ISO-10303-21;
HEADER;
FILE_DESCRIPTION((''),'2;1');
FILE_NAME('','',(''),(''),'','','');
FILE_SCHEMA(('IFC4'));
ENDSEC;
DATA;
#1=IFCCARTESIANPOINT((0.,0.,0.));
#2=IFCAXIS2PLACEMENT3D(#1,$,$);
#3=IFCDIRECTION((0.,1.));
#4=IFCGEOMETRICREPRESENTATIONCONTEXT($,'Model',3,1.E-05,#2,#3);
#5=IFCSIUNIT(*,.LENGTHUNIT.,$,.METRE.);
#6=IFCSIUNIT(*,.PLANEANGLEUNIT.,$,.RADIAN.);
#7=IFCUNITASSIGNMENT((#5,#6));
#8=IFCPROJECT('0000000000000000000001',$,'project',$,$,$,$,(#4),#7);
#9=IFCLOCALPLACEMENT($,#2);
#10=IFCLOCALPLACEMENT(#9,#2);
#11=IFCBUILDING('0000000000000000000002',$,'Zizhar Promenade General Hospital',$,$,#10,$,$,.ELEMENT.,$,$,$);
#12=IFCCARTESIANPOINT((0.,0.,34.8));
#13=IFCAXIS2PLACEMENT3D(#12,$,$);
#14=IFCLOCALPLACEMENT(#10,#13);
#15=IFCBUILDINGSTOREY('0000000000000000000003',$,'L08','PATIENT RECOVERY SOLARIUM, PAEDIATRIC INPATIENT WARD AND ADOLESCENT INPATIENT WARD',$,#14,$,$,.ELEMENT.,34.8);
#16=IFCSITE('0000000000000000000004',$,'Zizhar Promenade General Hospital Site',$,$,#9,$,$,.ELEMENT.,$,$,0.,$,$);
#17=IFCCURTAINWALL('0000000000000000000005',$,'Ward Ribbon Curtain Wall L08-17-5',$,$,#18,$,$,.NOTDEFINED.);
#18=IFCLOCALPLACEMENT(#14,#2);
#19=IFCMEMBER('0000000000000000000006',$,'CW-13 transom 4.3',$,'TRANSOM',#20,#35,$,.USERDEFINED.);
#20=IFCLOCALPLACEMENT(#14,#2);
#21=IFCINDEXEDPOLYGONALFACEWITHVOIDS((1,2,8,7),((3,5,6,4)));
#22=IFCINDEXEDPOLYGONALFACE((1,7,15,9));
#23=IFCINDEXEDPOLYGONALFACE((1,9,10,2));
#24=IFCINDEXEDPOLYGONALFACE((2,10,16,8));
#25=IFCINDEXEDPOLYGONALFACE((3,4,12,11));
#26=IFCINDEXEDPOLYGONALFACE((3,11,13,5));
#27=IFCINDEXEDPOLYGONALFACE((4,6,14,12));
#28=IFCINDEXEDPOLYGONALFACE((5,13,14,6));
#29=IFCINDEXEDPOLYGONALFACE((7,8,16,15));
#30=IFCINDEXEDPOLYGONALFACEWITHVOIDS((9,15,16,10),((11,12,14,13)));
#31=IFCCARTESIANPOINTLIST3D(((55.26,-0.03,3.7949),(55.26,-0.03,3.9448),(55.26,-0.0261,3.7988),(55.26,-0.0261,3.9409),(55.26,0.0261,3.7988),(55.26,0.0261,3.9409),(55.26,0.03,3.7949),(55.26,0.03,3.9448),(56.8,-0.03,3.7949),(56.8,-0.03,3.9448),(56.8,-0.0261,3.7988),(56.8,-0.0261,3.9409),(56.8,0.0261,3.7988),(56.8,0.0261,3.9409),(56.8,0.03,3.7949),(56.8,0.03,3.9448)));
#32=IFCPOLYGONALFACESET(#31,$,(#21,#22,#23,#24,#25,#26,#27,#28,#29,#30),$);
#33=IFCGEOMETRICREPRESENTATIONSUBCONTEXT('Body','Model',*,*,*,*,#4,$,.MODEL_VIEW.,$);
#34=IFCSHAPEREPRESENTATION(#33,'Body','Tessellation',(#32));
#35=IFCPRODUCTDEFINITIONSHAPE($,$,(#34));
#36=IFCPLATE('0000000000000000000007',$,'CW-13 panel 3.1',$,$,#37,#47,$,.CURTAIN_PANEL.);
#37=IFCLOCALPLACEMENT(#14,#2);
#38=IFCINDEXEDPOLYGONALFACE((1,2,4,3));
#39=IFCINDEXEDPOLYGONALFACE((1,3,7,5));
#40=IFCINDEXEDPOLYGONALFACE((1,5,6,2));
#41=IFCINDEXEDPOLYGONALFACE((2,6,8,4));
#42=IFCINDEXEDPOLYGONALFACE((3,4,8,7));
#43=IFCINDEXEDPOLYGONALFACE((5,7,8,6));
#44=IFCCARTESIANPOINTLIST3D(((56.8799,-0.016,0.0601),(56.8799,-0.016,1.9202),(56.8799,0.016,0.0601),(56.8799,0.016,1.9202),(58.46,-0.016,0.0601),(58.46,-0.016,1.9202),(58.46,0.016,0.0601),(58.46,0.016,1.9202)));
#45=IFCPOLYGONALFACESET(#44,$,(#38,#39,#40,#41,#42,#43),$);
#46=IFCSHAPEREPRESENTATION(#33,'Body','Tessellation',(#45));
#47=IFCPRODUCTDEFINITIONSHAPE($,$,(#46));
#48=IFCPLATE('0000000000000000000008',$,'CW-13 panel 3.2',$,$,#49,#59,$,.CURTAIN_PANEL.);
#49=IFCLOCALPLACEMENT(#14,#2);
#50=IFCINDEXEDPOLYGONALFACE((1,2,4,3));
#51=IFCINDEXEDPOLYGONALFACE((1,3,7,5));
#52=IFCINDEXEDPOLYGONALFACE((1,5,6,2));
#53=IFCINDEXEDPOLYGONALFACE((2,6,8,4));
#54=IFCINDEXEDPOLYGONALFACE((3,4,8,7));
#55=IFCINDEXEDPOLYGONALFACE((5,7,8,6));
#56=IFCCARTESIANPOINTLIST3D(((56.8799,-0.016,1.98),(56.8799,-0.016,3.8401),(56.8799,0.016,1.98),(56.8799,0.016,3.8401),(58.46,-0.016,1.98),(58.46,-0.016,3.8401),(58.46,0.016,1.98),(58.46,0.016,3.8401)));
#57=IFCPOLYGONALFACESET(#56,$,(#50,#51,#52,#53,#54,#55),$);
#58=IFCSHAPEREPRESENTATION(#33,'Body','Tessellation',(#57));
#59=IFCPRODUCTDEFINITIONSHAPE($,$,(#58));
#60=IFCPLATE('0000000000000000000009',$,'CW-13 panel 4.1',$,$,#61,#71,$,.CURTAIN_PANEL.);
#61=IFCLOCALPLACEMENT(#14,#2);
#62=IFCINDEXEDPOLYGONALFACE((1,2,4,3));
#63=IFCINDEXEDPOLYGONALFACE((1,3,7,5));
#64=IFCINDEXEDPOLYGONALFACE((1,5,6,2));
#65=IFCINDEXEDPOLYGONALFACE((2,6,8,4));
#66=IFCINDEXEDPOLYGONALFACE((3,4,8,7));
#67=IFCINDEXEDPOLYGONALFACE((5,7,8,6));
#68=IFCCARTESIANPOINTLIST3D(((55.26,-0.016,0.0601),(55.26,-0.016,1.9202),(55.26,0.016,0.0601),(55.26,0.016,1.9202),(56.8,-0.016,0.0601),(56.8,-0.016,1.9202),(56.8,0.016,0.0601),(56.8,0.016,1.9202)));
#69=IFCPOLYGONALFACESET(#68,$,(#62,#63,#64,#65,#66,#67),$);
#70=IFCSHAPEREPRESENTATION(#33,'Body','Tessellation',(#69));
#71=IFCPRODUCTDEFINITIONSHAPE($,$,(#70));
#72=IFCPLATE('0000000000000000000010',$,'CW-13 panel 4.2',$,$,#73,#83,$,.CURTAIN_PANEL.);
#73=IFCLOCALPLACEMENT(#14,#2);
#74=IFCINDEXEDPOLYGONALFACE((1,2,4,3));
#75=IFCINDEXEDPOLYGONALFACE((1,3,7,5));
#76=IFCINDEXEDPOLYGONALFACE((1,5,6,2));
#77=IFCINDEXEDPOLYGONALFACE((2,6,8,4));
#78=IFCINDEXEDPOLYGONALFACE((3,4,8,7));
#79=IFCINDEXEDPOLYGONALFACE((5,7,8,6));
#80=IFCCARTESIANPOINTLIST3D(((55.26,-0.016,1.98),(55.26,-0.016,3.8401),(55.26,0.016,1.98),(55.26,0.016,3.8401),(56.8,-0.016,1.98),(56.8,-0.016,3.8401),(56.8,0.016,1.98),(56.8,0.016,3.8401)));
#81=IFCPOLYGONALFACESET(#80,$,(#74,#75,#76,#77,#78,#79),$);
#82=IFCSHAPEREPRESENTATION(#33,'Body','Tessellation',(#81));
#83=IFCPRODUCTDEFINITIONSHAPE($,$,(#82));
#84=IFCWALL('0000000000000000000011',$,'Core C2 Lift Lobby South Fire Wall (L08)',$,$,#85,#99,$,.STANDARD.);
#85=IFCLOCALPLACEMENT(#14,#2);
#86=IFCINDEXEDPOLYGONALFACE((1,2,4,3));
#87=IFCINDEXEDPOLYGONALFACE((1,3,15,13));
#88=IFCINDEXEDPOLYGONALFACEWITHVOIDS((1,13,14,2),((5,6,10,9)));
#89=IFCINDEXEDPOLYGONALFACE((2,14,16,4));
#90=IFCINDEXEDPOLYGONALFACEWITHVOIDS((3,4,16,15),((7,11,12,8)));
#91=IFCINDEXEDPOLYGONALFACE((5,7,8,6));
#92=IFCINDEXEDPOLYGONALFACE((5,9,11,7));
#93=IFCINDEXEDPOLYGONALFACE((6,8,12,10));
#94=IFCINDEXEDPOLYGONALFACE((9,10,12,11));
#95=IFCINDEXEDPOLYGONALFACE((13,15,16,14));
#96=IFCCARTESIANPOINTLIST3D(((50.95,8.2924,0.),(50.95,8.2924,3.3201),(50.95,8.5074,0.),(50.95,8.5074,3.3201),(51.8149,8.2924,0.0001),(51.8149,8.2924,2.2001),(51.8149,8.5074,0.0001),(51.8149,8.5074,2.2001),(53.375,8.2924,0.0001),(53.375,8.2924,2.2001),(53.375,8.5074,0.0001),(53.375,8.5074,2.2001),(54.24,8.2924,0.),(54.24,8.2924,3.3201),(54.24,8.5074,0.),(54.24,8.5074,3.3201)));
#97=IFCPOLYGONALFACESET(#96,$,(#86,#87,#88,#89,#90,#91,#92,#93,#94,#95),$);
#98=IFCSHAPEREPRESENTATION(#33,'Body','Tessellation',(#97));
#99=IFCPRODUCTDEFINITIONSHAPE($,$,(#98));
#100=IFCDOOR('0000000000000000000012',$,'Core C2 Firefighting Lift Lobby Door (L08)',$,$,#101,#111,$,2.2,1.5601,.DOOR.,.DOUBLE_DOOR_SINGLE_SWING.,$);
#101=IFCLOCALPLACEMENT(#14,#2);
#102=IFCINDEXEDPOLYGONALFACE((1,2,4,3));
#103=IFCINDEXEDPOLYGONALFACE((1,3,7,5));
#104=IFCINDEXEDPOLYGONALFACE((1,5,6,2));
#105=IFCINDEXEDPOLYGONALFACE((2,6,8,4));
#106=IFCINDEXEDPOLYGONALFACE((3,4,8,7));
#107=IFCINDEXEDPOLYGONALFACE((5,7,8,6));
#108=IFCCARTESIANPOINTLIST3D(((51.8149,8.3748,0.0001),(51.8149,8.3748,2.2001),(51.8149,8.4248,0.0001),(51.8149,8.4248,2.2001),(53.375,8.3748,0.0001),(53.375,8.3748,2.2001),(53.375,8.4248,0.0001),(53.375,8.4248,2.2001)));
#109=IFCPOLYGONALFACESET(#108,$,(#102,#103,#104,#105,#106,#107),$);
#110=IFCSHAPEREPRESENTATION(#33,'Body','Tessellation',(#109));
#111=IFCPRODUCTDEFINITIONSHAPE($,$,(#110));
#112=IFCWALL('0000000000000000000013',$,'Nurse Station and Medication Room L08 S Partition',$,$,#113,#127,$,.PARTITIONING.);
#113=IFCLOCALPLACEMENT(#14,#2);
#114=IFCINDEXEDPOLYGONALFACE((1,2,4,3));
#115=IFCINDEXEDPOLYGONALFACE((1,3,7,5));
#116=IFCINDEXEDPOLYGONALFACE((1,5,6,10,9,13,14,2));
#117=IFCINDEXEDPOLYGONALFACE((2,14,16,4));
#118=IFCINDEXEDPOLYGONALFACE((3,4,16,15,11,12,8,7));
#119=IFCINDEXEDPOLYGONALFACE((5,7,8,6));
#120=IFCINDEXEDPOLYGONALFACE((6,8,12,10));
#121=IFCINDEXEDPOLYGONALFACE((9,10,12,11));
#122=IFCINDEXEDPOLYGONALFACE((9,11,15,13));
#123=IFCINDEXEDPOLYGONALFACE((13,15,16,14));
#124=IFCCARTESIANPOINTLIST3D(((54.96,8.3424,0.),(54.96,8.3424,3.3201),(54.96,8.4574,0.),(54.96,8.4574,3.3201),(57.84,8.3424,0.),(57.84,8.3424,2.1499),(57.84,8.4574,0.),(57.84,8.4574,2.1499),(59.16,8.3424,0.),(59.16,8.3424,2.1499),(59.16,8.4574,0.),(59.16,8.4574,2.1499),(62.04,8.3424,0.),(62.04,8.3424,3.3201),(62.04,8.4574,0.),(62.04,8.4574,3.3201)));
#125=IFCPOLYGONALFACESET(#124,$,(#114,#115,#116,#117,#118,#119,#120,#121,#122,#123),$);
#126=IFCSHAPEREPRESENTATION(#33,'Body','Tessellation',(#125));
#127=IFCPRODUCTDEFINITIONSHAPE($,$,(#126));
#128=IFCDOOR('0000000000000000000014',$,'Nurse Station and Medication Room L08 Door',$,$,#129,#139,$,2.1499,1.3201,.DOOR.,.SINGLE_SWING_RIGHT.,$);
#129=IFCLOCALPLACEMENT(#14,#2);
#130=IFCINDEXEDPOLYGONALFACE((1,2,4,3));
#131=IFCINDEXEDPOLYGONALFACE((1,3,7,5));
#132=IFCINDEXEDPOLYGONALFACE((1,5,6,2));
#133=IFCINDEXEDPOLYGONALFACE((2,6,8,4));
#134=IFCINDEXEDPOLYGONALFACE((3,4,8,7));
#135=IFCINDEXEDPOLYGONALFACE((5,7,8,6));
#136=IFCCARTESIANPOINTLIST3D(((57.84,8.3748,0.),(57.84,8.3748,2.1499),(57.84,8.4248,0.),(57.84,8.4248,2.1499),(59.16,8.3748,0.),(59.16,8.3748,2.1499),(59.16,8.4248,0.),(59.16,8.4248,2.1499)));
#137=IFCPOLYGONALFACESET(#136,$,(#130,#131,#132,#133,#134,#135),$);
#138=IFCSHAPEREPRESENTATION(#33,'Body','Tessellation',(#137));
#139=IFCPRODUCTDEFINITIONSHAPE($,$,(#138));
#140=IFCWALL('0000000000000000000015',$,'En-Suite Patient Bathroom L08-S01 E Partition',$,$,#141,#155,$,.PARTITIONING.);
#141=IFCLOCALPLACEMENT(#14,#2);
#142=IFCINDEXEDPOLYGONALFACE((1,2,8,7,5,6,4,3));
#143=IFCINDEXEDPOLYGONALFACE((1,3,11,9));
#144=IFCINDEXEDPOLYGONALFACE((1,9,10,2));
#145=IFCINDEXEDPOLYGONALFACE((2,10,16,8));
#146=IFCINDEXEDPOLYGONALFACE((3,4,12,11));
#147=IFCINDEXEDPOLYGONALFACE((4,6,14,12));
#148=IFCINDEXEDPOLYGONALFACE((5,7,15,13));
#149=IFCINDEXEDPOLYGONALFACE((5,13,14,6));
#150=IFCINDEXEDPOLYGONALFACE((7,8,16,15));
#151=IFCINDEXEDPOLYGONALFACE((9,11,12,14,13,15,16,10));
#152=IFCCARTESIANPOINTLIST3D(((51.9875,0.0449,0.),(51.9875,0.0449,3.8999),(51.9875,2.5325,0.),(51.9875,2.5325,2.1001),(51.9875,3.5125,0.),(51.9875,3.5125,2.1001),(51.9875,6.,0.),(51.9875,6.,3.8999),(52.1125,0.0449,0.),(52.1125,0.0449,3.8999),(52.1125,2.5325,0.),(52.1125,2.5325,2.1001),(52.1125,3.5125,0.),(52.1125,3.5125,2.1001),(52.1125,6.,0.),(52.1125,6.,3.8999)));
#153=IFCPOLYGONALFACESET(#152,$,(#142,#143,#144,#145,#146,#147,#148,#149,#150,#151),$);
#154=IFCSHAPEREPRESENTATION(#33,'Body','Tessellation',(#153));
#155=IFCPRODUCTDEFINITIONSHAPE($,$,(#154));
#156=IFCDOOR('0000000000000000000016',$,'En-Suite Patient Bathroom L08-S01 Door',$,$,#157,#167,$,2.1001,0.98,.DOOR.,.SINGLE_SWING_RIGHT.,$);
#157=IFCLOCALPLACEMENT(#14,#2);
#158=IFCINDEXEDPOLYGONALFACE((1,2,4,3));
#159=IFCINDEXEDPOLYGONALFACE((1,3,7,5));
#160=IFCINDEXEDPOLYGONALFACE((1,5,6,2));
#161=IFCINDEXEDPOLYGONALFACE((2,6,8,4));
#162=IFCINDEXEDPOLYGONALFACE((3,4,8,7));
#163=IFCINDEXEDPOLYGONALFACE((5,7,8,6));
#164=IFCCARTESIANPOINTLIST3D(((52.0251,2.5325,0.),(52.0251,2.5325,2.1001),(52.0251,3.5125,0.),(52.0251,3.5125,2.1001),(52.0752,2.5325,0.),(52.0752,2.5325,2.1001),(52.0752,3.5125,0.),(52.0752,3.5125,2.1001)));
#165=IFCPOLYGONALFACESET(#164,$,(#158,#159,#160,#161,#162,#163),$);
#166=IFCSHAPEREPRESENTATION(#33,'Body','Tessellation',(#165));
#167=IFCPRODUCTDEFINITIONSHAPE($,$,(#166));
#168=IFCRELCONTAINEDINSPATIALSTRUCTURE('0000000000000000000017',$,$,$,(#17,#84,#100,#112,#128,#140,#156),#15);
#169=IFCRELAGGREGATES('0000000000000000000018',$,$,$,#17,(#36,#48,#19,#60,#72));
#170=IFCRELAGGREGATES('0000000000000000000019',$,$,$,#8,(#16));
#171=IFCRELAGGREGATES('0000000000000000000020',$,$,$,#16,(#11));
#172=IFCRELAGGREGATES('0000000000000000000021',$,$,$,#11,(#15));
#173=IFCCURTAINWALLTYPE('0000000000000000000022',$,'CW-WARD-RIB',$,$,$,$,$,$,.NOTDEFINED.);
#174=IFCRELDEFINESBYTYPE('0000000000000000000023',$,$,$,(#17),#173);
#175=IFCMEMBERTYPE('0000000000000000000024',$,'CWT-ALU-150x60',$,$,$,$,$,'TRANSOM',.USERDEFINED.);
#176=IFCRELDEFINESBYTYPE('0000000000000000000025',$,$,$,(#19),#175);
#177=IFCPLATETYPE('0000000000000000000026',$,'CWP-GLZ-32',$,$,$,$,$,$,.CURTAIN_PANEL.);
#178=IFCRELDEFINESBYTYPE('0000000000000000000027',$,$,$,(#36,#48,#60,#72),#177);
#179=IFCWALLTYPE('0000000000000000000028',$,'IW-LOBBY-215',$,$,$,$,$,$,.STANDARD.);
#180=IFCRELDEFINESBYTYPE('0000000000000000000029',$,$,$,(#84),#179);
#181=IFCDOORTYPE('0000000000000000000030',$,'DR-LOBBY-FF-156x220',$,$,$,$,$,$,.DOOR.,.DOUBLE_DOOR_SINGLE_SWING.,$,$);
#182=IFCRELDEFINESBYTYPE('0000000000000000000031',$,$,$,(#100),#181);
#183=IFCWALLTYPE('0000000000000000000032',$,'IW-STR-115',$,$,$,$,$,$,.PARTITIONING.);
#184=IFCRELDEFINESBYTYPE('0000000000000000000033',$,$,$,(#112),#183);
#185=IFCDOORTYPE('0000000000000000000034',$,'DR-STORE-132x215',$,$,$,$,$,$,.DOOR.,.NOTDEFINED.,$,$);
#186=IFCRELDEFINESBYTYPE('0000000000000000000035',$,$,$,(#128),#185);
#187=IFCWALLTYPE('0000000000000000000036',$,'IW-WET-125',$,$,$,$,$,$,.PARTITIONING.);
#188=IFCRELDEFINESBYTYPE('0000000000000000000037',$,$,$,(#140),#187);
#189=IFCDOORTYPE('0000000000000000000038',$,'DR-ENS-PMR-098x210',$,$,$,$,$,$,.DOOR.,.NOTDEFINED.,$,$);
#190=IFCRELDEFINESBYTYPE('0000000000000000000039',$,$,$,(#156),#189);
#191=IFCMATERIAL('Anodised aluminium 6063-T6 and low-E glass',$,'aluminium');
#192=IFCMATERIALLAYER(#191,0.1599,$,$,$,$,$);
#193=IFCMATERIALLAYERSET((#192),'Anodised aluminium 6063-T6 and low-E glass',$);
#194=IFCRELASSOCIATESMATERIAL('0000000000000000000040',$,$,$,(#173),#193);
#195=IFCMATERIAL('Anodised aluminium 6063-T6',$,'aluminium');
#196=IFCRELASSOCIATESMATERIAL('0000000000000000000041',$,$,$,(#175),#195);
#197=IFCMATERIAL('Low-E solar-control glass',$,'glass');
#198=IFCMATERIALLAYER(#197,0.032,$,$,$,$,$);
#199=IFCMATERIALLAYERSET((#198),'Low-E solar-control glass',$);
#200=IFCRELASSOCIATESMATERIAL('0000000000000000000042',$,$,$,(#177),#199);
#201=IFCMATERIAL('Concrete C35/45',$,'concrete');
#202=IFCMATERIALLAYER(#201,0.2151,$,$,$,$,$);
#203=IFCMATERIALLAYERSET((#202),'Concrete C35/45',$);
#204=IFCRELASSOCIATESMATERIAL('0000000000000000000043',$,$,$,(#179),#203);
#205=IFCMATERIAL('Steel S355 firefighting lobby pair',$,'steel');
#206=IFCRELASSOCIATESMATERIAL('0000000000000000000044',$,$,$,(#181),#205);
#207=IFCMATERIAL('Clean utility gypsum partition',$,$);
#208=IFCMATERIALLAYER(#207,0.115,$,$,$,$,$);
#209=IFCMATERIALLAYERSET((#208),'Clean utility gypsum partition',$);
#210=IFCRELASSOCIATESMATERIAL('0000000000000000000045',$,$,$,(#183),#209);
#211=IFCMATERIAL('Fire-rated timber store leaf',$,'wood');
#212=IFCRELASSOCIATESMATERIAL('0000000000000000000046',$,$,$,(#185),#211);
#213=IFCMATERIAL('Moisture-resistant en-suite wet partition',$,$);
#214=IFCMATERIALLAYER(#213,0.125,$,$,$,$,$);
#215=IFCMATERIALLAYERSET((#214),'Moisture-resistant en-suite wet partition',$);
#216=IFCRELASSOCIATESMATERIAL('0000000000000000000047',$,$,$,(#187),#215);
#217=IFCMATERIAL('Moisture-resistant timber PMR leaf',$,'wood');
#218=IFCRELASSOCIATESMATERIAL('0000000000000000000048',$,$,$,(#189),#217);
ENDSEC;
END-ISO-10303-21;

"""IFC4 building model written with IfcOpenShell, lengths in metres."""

from ifc_helpers import new_model, si_unit, direction, frame, frame_2d, origin, origin_2d, place, context, subcontext, project, spatial, rectangle, hollow_rectangle, extrude, material, layer, layer_set, material_profile, profile_set, type_object, element, fill, aggregate, save


model = new_model("IFC4")

# Units and contexts
model_context = context("Model", 3, precision=1e-05, world=origin(), true_north=direction((0.0, 1.0)))
body_context = subcontext(model_context, "Body", "Model", "MODEL_VIEW")
ifc_project = project(units=[si_unit("LENGTHUNIT", "METRE"), si_unit("PLANEANGLEUNIT", "RADIAN")], contexts=[model_context])

# Site, building, storey
site_placement = place(None, origin())
site = spatial("IfcSite", under=ifc_project, at=site_placement, Name="Zizhar Promenade General Hospital Site", CompositionType="ELEMENT", RefElevation=0.0)
building_placement = place(site_placement, origin())
building = spatial("IfcBuilding", under=site, at=building_placement, Name="Zizhar Promenade General Hospital", CompositionType="ELEMENT")
storey_placement = place(building_placement, frame((0.0, 0.0, 34.8)))
storey = spatial("IfcBuildingStorey", under=building, at=storey_placement, Name="L08", Description="PATIENT RECOVERY SOLARIUM, PAEDIATRIC INPATIENT WARD AND ADOLESCENT INPATIENT WARD", CompositionType="ELEMENT", Elevation=34.8)

# Curtain wall, member, plates
ifc_material_1 = material(Name="Anodised aluminium 6063-T6 and low-E glass", Category="aluminium")
ifc_layer_1 = layer(ifc_material_1, 0.1599)
ifc_layer_set_1 = layer_set([ifc_layer_1], Name="Anodised aluminium 6063-T6 and low-E glass")
curtain_wall_type = type_object("IfcCurtainWallType", Name="CW-WARD-RIB", PredefinedType="NOTDEFINED", material=ifc_layer_set_1)
curtain_wall_placement = place(storey_placement, origin())
curtain_wall = element("IfcCurtainWall", 1, at=curtain_wall_placement, inside=storey, type_object=curtain_wall_type, Name="Ward Ribbon Curtain Wall L08-17-5", PredefinedType="NOTDEFINED")
ifc_material_2 = material(Name="Anodised aluminium 6063-T6", Category="aluminium")
ifc_material_profile_1 = material_profile(ifc_material_2, hollow_rectangle(XDim=0.0601, YDim=0.1499, WallThickness=0.0039, at=origin_2d()))
ifc_profile_set_1 = profile_set([ifc_material_profile_1], Name="Anodised aluminium 6063-T6")
member_type_1 = type_object("IfcMemberType", Name="CWT-ALU-150x60", ElementType="TRANSOM", PredefinedType="USERDEFINED", material=ifc_profile_set_1)
member_1_placement = place(storey_placement, frame((56.8, 0.0, 3.8699), z_axis=(-1.0, 0.0, 0.0), x_axis=(0.0, -1.0, 0.0)))
member_1 = element("IfcMember", 2, at=member_1_placement, type_object=member_type_1, Name="CW-13 transom 4.3", ObjectType="TRANSOM", PredefinedType="USERDEFINED", context=body_context, shape_type="SweptSolid", body=[
    extrude(hollow_rectangle(XDim=0.0601, YDim=0.1499, WallThickness=0.0039, at=origin_2d()), origin(), (0.0, 0.0, 1.0), 1.54),
])
ifc_material_3 = material(Name="Low-E solar-control glass", Category="glass")
ifc_layer_2 = layer(ifc_material_3, 0.032)
ifc_layer_set_2 = layer_set([ifc_layer_2], Name="Low-E solar-control glass")
plate_type = type_object("IfcPlateType", Name="CWP-GLZ-32", PredefinedType="CURTAIN_PANEL", material=ifc_layer_set_2)
plate_1_placement = place(storey_placement, frame((57.6699, 0.0, 0.0601), z_axis=(0.0, 0.0, 1.0), x_axis=(-1.0, 0.0, 0.0)))
plate_1 = element("IfcPlate", 3, at=plate_1_placement, type_object=plate_type, Name="CW-13 panel 3.1", PredefinedType="CURTAIN_PANEL", context=body_context, shape_type="SweptSolid", body=[
    extrude(rectangle(XDim=1.5801, YDim=0.032, at=origin_2d()), origin(), (0.0, 0.0, 1.0), 1.8601),
])
plate_2_placement = place(storey_placement, frame((57.6699, 0.0, 1.98), z_axis=(0.0, 0.0, 1.0), x_axis=(-1.0, 0.0, 0.0)))
plate_2 = element("IfcPlate", 4, at=plate_2_placement, type_object=plate_type, Name="CW-13 panel 3.2", PredefinedType="CURTAIN_PANEL", context=body_context, shape_type="SweptSolid", body=[
    extrude(rectangle(XDim=1.5801, YDim=0.032, at=origin_2d()), origin(), (0.0, 0.0, 1.0), 1.8601),
])
plate_3_placement = place(storey_placement, frame((56.03, 0.0, 0.0601), z_axis=(0.0, 0.0, 1.0), x_axis=(-1.0, 0.0, 0.0)))
plate_3 = element("IfcPlate", 5, at=plate_3_placement, type_object=plate_type, Name="CW-13 panel 4.1", PredefinedType="CURTAIN_PANEL", context=body_context, shape_type="SweptSolid", body=[
    extrude(rectangle(XDim=1.54, YDim=0.032, at=origin_2d()), origin(), (0.0, 0.0, 1.0), 1.8601),
])
plate_4_placement = place(storey_placement, frame((56.03, 0.0, 1.98), z_axis=(0.0, 0.0, 1.0), x_axis=(-1.0, 0.0, 0.0)))
plate_4 = element("IfcPlate", 6, at=plate_4_placement, type_object=plate_type, Name="CW-13 panel 4.2", PredefinedType="CURTAIN_PANEL", context=body_context, shape_type="SweptSolid", body=[
    extrude(rectangle(XDim=1.54, YDim=0.032, at=origin_2d()), origin(), (0.0, 0.0, 1.0), 1.8601),
])
aggregate(curtain_wall, [plate_1, plate_2, member_1, plate_3, plate_4])

# Walls, openings, doors
ifc_material_4 = material(Name="Concrete C35/45", Category="concrete")
ifc_layer_3 = layer(ifc_material_4, 0.2151)
ifc_layer_set_3 = layer_set([ifc_layer_3], Name="Concrete C35/45")
wall_type_1 = type_object("IfcWallType", Name="IW-LOBBY-215", PredefinedType="STANDARD", material=ifc_layer_set_3)
wall_1_placement = place(storey_placement, frame((50.95, 8.3999, 0.0), z_axis=(0.0, 0.0, 1.0), x_axis=(1.0, 0.0, 0.0)))
wall_1 = element("IfcWall", 7, at=wall_1_placement, inside=storey, type_object=wall_type_1, Name="Core C2 Lift Lobby South Fire Wall (L08)", PredefinedType="STANDARD", context=body_context, shape_type="SweptSolid", body=[
    extrude(rectangle(XDim=3.29, YDim=0.2151, at=frame_2d((1.645, 0.0))), origin(), (0.0, 0.0, 1.0), 3.3201),
])
opening_1_placement = place(wall_1_placement, frame((0.865, 0.0, 0.0)))
opening_1 = element("IfcOpeningElement", 8, at=opening_1_placement, cuts=wall_1, PredefinedType="OPENING", context=body_context, shape_type="SweptSolid", body=[
    extrude(rectangle(XDim=1.5601, YDim=2.2, at=frame_2d((0.78, 1.1001))), frame((0.0, 0.1177, 0.0), z_axis=(0.0, -1.0, 0.0), x_axis=(1.0, 0.0, 0.0)), (0.0, 0.0, 1.0), 0.2351),
])
ifc_material_5 = material(Name="Steel S355 firefighting lobby pair", Category="steel")
door_type_1 = type_object("IfcDoorType", Name="DR-LOBBY-FF-156x220", OperationType="DOUBLE_DOOR_SINGLE_SWING", PredefinedType="DOOR", material=ifc_material_5)
door_1_placement = place(opening_1_placement, origin())
door_1 = element("IfcDoor", 9, at=door_1_placement, inside=storey, type_object=door_type_1, Name="Core C2 Firefighting Lift Lobby Door (L08)", OperationType="DOUBLE_DOOR_SINGLE_SWING", OverallHeight=2.2, OverallWidth=1.5601, PredefinedType="DOOR", context=body_context, shape_type="SweptSolid", body=[
    extrude(rectangle(XDim=1.5601, YDim=2.2, at=frame_2d((0.78, 1.1001))), frame((0.0, 0.0249, 0.0), z_axis=(0.0, -1.0, 0.0), x_axis=(1.0, 0.0, 0.0)), (0.0, 0.0, 1.0), 0.05),
])
fill(opening_1, door_1)
ifc_material_6 = material(Name="Clean utility gypsum partition")
ifc_layer_4 = layer(ifc_material_6, 0.115)
ifc_layer_set_4 = layer_set([ifc_layer_4], Name="Clean utility gypsum partition")
wall_type_2 = type_object("IfcWallType", Name="IW-STR-115", PredefinedType="PARTITIONING", material=ifc_layer_set_4)
wall_2_placement = place(storey_placement, frame((54.96, 8.3999, 0.0), z_axis=(0.0, 0.0, 1.0), x_axis=(1.0, 0.0, 0.0)))
wall_2 = element("IfcWall", 10, at=wall_2_placement, inside=storey, type_object=wall_type_2, Name="Nurse Station and Medication Room L08 S Partition", PredefinedType="PARTITIONING", context=body_context, shape_type="SweptSolid", body=[
    extrude(rectangle(XDim=7.0801, YDim=0.115, at=frame_2d((3.54, 0.0))), origin(), (0.0, 0.0, 1.0), 3.3201),
])
opening_2_placement = place(wall_2_placement, frame((2.8799, 0.0, 0.0)))
opening_2 = element("IfcOpeningElement", 11, at=opening_2_placement, cuts=wall_2, PredefinedType="OPENING", context=body_context, shape_type="SweptSolid", body=[
    extrude(rectangle(XDim=1.3201, YDim=2.1499, at=frame_2d((0.6602, 1.075))), frame((0.0, 0.0674, 0.0), z_axis=(0.0, -1.0, 0.0), x_axis=(1.0, 0.0, 0.0)), (0.0, 0.0, 1.0), 0.135),
])
ifc_material_7 = material(Name="Fire-rated timber store leaf", Category="wood")
door_type_2 = type_object("IfcDoorType", Name="DR-STORE-132x215", OperationType="NOTDEFINED", PredefinedType="DOOR", material=ifc_material_7)
door_2_placement = place(opening_2_placement, origin())
door_2 = element("IfcDoor", 12, at=door_2_placement, inside=storey, type_object=door_type_2, Name="Nurse Station and Medication Room L08 Door", OperationType="SINGLE_SWING_RIGHT", OverallHeight=2.1499, OverallWidth=1.3201, PredefinedType="DOOR", context=body_context, shape_type="SweptSolid", body=[
    extrude(rectangle(XDim=1.3201, YDim=2.1499, at=frame_2d((0.6602, 1.075))), frame((0.0, 0.0249, 0.0), z_axis=(0.0, -1.0, 0.0), x_axis=(1.0, 0.0, 0.0)), (0.0, 0.0, 1.0), 0.05),
])
fill(opening_2, door_2)
ifc_material_8 = material(Name="Moisture-resistant en-suite wet partition")
ifc_layer_5 = layer(ifc_material_8, 0.125)
ifc_layer_set_5 = layer_set([ifc_layer_5], Name="Moisture-resistant en-suite wet partition")
wall_type_3 = type_object("IfcWallType", Name="IW-WET-125", PredefinedType="PARTITIONING", material=ifc_layer_set_5)
wall_3_placement = place(storey_placement, frame((52.05, 0.0449, 0.0), z_axis=(0.0, 0.0, 1.0), x_axis=(0.0, 1.0, 0.0)))
wall_3 = element("IfcWall", 13, at=wall_3_placement, inside=storey, type_object=wall_type_3, Name="En-Suite Patient Bathroom L08-S01 E Partition", PredefinedType="PARTITIONING", context=body_context, shape_type="SweptSolid", body=[
    extrude(rectangle(XDim=5.9551, YDim=0.125, at=frame_2d((2.9775, 0.0))), origin(), (0.0, 0.0, 1.0), 3.8999),
])
opening_3_placement = place(wall_3_placement, frame((2.4875, 0.0, 0.0)))
opening_3 = element("IfcOpeningElement", 14, at=opening_3_placement, cuts=wall_3, PredefinedType="OPENING", context=body_context, shape_type="SweptSolid", body=[
    extrude(rectangle(XDim=0.98, YDim=2.1001, at=frame_2d((0.49, 1.05))), frame((0.0, 0.0725, 0.0), z_axis=(0.0, -1.0, 0.0), x_axis=(1.0, 0.0, 0.0)), (0.0, 0.0, 1.0), 0.145),
])
ifc_material_9 = material(Name="Moisture-resistant timber PMR leaf", Category="wood")
door_type_3 = type_object("IfcDoorType", Name="DR-ENS-PMR-098x210", OperationType="NOTDEFINED", PredefinedType="DOOR", material=ifc_material_9)
door_3_placement = place(opening_3_placement, origin())
door_3 = element("IfcDoor", 15, at=door_3_placement, inside=storey, type_object=door_type_3, Name="En-Suite Patient Bathroom L08-S01 Door", OperationType="SINGLE_SWING_RIGHT", OverallHeight=2.1001, OverallWidth=0.98, PredefinedType="DOOR", context=body_context, shape_type="SweptSolid", body=[
    extrude(rectangle(XDim=0.98, YDim=2.1001, at=frame_2d((0.49, 1.05))), frame((0.0, 0.0249, 0.0), z_axis=(0.0, -1.0, 0.0), x_axis=(1.0, 0.0, 0.0)), (0.0, 0.0, 1.0), 0.05),
])
fill(opening_3, door_3)

save(model, "model.ifc")
